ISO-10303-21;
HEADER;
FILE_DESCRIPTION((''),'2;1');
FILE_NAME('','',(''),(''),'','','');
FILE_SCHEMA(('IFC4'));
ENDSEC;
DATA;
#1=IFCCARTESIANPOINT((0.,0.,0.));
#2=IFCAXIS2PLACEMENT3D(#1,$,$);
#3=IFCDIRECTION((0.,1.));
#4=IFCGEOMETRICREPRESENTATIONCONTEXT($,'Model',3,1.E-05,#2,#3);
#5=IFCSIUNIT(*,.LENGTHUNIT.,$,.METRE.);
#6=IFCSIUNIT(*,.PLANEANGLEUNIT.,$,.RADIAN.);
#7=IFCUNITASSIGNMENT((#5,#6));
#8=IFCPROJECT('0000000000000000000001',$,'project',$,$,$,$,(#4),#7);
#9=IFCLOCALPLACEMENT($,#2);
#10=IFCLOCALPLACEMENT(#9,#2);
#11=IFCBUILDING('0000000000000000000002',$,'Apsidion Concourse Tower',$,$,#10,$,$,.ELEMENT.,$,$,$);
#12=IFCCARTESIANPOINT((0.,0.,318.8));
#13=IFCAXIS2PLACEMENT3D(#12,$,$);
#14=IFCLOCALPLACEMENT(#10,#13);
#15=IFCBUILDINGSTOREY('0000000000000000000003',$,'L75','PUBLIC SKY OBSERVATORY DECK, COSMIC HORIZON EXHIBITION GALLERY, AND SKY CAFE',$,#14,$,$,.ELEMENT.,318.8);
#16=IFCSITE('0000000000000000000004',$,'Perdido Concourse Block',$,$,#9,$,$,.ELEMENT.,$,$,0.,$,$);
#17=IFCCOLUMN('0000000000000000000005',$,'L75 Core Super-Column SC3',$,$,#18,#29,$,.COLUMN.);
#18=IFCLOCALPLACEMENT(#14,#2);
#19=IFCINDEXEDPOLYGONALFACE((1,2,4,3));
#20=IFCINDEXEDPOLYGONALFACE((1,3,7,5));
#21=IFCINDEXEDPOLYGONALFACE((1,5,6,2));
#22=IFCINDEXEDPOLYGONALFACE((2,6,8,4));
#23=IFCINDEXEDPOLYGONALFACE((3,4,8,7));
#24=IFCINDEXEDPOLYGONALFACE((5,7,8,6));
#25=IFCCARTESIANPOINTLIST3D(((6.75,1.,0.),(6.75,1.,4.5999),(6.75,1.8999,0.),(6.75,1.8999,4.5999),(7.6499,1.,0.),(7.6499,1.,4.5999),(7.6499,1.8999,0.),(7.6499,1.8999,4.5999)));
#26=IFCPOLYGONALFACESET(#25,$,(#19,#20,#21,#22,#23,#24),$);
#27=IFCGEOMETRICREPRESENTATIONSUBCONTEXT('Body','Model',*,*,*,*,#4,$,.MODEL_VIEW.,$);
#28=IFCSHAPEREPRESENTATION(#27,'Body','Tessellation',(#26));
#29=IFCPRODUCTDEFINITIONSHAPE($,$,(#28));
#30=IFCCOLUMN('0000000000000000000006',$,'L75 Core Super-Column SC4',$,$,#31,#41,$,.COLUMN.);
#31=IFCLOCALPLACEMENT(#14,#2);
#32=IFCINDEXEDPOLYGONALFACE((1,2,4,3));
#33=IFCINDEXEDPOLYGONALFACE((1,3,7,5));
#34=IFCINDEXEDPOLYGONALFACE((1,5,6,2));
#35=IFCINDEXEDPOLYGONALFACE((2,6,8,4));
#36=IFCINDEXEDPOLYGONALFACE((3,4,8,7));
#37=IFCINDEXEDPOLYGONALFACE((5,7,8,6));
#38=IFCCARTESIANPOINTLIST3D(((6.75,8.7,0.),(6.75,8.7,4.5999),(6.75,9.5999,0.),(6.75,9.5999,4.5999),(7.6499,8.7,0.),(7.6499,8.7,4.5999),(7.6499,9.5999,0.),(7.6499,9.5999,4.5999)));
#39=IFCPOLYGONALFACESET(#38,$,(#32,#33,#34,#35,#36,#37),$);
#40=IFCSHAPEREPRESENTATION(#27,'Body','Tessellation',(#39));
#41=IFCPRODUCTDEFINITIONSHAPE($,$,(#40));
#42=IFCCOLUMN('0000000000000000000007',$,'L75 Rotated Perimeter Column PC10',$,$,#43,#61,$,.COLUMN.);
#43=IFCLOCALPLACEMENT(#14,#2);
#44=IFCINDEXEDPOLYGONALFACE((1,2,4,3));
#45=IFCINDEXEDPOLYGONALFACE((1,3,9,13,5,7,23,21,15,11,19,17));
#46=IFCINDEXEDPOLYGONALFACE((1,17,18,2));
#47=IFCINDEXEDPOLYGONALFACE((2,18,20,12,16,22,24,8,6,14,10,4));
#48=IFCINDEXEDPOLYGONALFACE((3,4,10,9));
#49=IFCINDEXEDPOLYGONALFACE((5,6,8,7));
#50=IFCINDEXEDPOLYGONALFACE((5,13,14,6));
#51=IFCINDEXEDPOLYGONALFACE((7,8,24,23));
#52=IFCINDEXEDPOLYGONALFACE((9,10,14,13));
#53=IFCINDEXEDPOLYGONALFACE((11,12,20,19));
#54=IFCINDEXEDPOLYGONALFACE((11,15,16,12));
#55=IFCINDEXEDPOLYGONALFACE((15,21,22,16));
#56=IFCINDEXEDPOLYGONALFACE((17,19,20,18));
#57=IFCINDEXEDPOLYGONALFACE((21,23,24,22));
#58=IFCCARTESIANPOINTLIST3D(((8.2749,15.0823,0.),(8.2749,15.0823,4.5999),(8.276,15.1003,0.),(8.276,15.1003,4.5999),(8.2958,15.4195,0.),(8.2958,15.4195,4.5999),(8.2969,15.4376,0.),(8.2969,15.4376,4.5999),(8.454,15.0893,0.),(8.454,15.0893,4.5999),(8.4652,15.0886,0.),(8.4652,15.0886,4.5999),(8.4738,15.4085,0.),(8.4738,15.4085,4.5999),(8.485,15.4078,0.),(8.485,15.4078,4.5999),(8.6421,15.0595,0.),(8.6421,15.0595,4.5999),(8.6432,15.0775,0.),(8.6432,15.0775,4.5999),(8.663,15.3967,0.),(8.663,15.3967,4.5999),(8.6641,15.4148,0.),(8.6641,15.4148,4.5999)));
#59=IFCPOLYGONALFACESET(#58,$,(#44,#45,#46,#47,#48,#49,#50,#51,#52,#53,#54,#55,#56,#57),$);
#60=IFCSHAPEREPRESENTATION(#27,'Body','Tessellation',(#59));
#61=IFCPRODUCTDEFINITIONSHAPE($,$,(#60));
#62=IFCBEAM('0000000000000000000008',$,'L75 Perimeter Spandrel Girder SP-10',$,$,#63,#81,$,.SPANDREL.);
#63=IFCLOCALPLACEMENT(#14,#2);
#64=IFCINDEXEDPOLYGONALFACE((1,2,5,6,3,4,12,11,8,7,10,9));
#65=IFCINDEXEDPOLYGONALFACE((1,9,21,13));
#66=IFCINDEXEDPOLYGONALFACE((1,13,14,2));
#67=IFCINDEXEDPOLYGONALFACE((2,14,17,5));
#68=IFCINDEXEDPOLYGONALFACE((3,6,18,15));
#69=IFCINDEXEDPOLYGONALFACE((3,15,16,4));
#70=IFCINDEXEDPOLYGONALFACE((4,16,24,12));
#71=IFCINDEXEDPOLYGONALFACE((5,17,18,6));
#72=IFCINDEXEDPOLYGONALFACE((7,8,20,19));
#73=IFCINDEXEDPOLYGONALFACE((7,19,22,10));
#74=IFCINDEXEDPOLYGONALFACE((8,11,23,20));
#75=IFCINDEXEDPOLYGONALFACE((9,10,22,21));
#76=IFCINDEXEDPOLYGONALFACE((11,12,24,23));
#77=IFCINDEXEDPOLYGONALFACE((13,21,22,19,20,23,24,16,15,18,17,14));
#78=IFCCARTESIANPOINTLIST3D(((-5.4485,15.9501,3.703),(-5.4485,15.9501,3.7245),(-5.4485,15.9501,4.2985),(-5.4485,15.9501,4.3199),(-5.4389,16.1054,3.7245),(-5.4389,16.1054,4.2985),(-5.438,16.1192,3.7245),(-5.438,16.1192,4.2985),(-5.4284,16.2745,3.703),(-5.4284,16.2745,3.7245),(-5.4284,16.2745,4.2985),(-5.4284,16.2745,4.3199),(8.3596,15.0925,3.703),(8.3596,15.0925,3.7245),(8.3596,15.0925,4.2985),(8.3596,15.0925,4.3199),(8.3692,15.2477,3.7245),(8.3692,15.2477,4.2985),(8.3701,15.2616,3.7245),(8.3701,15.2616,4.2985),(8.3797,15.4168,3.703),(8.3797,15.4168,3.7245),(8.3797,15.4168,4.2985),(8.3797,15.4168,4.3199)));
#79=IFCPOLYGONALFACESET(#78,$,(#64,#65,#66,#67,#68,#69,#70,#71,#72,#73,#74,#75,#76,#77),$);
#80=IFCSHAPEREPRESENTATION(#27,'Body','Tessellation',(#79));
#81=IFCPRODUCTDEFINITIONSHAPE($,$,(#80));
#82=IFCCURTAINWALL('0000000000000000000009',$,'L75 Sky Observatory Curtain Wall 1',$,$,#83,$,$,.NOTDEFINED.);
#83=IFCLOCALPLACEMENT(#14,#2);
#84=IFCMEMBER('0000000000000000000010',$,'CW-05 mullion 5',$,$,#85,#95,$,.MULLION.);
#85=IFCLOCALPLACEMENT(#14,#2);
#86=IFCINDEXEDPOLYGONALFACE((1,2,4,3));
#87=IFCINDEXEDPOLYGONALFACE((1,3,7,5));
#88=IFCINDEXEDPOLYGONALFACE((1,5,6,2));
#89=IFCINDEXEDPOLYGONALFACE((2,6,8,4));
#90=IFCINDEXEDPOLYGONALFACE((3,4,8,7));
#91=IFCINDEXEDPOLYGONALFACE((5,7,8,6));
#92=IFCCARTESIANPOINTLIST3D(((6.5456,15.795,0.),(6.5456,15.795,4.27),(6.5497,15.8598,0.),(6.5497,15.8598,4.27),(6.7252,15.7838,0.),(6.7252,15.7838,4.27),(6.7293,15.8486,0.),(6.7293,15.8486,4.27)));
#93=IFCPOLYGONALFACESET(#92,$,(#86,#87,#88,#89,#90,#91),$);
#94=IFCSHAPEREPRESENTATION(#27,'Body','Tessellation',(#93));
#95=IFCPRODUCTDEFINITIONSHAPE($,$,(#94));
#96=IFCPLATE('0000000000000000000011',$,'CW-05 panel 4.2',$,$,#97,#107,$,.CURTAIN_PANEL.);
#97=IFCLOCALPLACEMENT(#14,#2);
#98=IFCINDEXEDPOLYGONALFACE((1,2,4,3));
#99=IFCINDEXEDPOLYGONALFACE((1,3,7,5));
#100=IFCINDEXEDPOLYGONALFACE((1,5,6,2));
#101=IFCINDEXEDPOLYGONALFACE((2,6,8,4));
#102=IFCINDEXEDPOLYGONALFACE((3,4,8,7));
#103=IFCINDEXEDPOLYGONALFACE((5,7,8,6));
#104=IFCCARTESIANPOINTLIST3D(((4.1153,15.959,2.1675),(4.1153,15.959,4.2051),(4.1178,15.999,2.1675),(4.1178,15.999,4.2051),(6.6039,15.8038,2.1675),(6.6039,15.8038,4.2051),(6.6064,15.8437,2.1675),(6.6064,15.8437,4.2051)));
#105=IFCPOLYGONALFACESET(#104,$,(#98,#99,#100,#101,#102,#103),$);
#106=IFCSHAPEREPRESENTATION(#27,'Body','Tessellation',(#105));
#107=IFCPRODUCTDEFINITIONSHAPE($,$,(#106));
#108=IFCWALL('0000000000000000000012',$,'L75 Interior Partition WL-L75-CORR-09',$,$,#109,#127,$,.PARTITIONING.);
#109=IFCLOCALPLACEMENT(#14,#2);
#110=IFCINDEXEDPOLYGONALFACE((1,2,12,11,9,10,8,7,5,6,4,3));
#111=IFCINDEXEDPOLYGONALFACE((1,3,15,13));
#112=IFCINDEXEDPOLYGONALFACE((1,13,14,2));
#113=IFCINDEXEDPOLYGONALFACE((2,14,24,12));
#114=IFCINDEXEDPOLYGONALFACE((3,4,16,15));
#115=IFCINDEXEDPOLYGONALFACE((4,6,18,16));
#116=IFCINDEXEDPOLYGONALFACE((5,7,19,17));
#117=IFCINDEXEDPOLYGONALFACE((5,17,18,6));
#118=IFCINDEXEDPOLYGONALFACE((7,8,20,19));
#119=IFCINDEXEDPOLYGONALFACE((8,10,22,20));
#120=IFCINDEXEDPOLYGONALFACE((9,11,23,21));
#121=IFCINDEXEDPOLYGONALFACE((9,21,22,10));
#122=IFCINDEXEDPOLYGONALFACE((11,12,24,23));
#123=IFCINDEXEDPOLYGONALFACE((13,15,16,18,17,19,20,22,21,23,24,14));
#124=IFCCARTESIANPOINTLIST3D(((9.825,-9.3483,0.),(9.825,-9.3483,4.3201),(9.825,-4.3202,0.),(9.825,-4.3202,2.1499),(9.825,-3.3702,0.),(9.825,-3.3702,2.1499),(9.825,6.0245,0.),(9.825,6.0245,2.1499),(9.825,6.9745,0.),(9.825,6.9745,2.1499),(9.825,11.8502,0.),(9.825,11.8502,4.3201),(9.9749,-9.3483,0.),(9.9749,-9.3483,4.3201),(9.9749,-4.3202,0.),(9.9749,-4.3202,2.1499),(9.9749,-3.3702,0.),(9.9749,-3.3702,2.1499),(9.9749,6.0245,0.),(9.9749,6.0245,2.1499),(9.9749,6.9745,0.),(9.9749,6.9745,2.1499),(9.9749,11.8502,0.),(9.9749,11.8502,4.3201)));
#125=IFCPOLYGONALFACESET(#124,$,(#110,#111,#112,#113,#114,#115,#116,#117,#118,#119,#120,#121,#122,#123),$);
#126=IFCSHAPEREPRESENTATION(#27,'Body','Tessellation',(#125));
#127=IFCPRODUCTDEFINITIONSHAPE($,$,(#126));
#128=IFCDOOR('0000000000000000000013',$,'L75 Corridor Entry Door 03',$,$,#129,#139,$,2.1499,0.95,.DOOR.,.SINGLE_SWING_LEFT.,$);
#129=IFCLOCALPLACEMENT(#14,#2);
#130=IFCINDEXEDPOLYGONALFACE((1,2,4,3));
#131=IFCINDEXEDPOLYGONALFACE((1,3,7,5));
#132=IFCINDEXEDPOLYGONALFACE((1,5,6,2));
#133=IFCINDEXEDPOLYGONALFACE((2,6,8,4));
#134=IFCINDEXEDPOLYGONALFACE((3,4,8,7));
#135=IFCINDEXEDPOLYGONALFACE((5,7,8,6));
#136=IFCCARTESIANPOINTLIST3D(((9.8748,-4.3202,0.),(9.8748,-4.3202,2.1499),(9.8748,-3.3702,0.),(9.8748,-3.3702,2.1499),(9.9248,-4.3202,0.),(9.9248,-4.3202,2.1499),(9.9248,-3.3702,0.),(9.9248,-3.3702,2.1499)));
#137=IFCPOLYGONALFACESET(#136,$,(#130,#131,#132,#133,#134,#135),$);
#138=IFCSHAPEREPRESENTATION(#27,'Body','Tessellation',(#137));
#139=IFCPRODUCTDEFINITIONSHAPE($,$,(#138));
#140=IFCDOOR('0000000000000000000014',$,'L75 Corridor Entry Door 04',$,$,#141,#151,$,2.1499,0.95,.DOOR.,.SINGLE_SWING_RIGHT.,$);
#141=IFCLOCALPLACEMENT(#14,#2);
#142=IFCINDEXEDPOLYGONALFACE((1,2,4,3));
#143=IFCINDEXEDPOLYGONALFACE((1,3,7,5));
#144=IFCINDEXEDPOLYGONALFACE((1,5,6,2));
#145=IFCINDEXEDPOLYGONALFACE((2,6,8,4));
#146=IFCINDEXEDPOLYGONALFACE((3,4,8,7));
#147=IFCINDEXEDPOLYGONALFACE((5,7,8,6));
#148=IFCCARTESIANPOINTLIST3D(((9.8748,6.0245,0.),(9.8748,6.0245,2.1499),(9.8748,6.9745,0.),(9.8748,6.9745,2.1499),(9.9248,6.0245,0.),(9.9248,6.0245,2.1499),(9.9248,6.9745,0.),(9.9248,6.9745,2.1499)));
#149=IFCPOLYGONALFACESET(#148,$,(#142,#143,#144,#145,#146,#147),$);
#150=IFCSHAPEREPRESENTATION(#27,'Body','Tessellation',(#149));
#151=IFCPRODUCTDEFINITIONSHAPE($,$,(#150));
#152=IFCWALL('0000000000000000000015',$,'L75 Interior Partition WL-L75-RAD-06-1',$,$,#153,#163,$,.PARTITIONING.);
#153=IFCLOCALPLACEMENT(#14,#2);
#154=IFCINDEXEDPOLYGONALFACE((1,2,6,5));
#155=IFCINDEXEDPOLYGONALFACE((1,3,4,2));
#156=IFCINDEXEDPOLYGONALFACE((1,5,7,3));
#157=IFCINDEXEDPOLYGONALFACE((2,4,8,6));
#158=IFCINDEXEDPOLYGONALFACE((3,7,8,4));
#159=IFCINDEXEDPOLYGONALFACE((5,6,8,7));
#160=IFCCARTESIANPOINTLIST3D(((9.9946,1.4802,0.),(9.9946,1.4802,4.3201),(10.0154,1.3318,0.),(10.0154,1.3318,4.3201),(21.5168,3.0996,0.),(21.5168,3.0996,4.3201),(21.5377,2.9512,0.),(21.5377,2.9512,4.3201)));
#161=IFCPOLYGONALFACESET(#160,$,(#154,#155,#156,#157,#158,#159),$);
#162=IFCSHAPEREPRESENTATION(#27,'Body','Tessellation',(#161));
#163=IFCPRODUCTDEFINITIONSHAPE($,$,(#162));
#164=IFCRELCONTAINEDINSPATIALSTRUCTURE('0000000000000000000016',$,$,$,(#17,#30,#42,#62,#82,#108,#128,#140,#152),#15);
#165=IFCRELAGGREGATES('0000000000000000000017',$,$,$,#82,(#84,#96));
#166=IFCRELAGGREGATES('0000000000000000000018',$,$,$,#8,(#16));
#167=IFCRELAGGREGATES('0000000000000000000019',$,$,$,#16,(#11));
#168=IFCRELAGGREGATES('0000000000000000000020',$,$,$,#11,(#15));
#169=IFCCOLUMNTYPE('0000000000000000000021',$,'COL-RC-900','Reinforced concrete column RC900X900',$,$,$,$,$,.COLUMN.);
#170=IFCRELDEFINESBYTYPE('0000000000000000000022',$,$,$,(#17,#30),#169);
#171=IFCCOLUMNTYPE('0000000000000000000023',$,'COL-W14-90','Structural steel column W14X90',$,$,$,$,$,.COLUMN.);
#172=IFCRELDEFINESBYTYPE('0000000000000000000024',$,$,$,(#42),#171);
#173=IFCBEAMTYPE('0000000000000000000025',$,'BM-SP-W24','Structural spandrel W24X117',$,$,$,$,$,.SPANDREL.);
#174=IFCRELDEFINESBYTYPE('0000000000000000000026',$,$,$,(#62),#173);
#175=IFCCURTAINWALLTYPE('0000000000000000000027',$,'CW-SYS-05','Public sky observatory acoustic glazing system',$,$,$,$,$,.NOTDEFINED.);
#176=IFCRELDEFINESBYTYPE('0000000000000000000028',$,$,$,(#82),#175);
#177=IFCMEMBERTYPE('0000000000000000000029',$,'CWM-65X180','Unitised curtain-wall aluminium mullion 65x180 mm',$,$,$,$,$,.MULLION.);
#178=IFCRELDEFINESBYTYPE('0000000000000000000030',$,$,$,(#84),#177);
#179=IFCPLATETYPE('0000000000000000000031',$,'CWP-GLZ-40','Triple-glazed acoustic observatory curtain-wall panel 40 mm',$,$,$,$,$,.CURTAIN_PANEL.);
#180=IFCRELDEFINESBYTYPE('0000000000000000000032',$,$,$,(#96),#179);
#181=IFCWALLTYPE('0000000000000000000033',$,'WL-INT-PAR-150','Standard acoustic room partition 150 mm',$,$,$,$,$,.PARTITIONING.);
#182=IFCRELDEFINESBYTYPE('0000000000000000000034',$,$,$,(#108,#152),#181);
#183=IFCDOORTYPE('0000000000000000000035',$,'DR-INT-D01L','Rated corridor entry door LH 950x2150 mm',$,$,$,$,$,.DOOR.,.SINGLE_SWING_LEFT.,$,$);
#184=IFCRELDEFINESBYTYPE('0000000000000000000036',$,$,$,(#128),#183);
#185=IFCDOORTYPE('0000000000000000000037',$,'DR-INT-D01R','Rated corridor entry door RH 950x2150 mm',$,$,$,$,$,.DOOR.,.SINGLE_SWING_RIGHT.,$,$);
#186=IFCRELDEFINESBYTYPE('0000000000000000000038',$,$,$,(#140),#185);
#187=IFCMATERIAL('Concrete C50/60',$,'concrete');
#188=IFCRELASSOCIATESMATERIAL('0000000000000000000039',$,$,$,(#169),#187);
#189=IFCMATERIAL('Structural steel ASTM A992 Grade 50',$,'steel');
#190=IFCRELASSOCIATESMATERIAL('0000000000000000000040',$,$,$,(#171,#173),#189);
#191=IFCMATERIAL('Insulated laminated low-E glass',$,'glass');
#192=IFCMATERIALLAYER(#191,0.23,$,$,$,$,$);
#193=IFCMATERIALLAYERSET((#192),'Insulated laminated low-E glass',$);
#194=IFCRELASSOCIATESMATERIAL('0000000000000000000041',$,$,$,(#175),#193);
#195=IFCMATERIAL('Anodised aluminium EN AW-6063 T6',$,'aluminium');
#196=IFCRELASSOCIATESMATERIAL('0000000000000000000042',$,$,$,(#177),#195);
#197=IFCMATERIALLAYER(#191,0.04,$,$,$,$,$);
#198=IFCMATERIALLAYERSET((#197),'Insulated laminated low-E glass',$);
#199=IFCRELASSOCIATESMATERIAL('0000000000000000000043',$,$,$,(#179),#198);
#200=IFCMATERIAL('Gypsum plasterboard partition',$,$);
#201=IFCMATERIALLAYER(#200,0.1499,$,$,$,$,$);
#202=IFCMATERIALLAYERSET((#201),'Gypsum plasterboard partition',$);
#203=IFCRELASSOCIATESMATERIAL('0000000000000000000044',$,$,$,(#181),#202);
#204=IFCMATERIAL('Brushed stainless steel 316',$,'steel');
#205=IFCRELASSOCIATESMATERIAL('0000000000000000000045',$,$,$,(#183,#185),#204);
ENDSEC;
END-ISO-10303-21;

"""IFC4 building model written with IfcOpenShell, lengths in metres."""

from ifc_helpers import new_model, si_unit, direction, frame, frame_2d, origin, origin_2d, place, context, subcontext, project, spatial, rectangle, i_section, extrude, material, layer, layer_set, material_profile, profile_set, type_object, element, fill, aggregate, save


model = new_model("IFC4")

# Units and contexts
model_context = context("Model", 3, precision=1e-05, world=origin(), true_north=direction((0.0, 1.0)))
body_context = subcontext(model_context, "Body", "Model", "MODEL_VIEW")
ifc_project = project(units=[si_unit("LENGTHUNIT", "METRE"), si_unit("PLANEANGLEUNIT", "RADIAN")], contexts=[model_context])

# Site, building, storey
site_placement = place(None, origin())
site = spatial("IfcSite", under=ifc_project, at=site_placement, Name="Perdido Concourse Block", CompositionType="ELEMENT", RefElevation=0.0)
building_placement = place(site_placement, origin())
building = spatial("IfcBuilding", under=site, at=building_placement, Name="Apsidion Concourse Tower", CompositionType="ELEMENT")
storey_placement = place(building_placement, frame((0.0, 0.0, 318.8)))
storey = spatial("IfcBuildingStorey", under=building, at=storey_placement, Name="L75", Description="PUBLIC SKY OBSERVATORY DECK, COSMIC HORIZON EXHIBITION GALLERY, AND SKY CAFE", CompositionType="ELEMENT", Elevation=318.8)

# Columns
ifc_material_1 = material(Name="Concrete C50/60", Category="concrete")
ifc_material_profile_1 = material_profile(ifc_material_1, rectangle(XDim=0.8999, YDim=0.8999, at=origin_2d()), Name="RC 900x900")
ifc_profile_set_1 = profile_set([ifc_material_profile_1], Name="Concrete C50/60")
column_type_1 = type_object("IfcColumnType", Name="COL-RC-900", Description="Reinforced concrete column RC900X900", PredefinedType="COLUMN", material=ifc_profile_set_1)
for number, where, z_axis, x_axis, name in (
    (1, (7.2, 1.45, 0.0), (0.0, 0.0, 1.0), (1.0, 0.0, 0.0), "L75 Core Super-Column SC3"),
    (2, (7.2, 9.1499, 0.0), (0.0, 0.0, 1.0), (1.0, 0.0, 0.0), "L75 Core Super-Column SC4"),
):
    element("IfcColumn", number, at=place(storey_placement, frame(where, z_axis=z_axis, x_axis=x_axis)), inside=storey, type_object=column_type_1, Name=name, PredefinedType="COLUMN", context=body_context, shape_type="SweptSolid", body=[
        extrude(rectangle(XDim=0.8999, YDim=0.8999, at=origin_2d()), origin(), (0.0, 0.0, 1.0), 4.5999),
    ])
ifc_material_2 = material(Name="Structural steel ASTM A992 Grade 50", Category="steel")
ifc_material_profile_2 = material_profile(ifc_material_2, i_section(OverallWidth=0.3679, OverallDepth=0.356, WebThickness=0.0112, FlangeThickness=0.0181, at=origin_2d()), Name="W14X90")
ifc_profile_set_2 = profile_set([ifc_material_profile_2], Name="Structural steel ASTM A992 Grade 50")
column_type_2 = type_object("IfcColumnType", Name="COL-W14-90", Description="Structural steel column W14X90", PredefinedType="COLUMN", material=ifc_profile_set_2)
column_placement = place(storey_placement, frame((8.4695, 15.2485, 0.0), z_axis=(0.0, 0.0, 1.0), x_axis=(-0.998081, 0.06192, 0.0)))
element("IfcColumn", 3, at=column_placement, inside=storey, type_object=column_type_2, Name="L75 Rotated Perimeter Column PC10", PredefinedType="COLUMN", context=body_context, shape_type="SweptSolid", body=[
    extrude(i_section(OverallWidth=0.3679, OverallDepth=0.356, WebThickness=0.0112, FlangeThickness=0.0181, at=origin_2d()), origin(), (0.0, 0.0, 1.0), 4.5999),
])

# Beam
ifc_material_profile_3 = material_profile(ifc_material_2, i_section(OverallWidth=0.325, OverallDepth=0.6169, WebThickness=0.0139, FlangeThickness=0.0215, at=origin_2d()), Name="W24X117")
ifc_profile_set_3 = profile_set([ifc_material_profile_3], Name="Structural steel ASTM A992 Grade 50")
beam_type = type_object("IfcBeamType", Name="BM-SP-W24", Description="Structural spandrel W24X117", PredefinedType="SPANDREL", material=ifc_profile_set_3)
beam_placement = place(storey_placement, frame((8.3696, 15.2546, 4.0115), z_axis=(-0.998077, 0.061994, 0.0), x_axis=(-0.061994, -0.998077, 0.0)))
element("IfcBeam", 4, at=beam_placement, inside=storey, type_object=beam_type, Name="L75 Perimeter Spandrel Girder SP-10", PredefinedType="SPANDREL", context=body_context, shape_type="SweptSolid", body=[
    extrude(i_section(OverallWidth=0.325, OverallDepth=0.6169, WebThickness=0.0139, FlangeThickness=0.0215, at=origin_2d()), origin(), (0.0, 0.0, 1.0), 13.8347),
])

# Curtain wall, member, plate
ifc_material_3 = material(Name="Insulated laminated low-E glass", Category="glass")
ifc_layer_1 = layer(ifc_material_3, 0.23)
ifc_layer_set_1 = layer_set([ifc_layer_1], Name="Insulated laminated low-E glass")
curtain_wall_type = type_object("IfcCurtainWallType", Name="CW-SYS-05", Description="Public sky observatory acoustic glazing system", PredefinedType="NOTDEFINED", material=ifc_layer_set_1)
curtain_wall_placement = place(storey_placement, origin())
curtain_wall = element("IfcCurtainWall", 5, at=curtain_wall_placement, inside=storey, type_object=curtain_wall_type, Name="L75 Sky Observatory Curtain Wall 1", PredefinedType="NOTDEFINED")
ifc_material_4 = material(Name="Anodised aluminium EN AW-6063 T6", Category="aluminium")
ifc_material_profile_4 = material_profile(ifc_material_4, rectangle(XDim=0.0649, YDim=0.1799, at=origin_2d()), Name="ALU MULLION 65x180")
ifc_profile_set_4 = profile_set([ifc_material_profile_4], Name="Anodised aluminium EN AW-6063 T6")
member_type = type_object("IfcMemberType", Name="CWM-65X180", Description="Unitised curtain-wall aluminium mullion 65x180 mm", PredefinedType="MULLION", material=ifc_profile_set_4)
member_placement = place(storey_placement, frame((6.6375, 15.8218, 0.0), z_axis=(0.0, 0.0, 1.0), x_axis=(0.062249, 0.998061, 0.0)))
member = element("IfcMember", 6, at=member_placement, type_object=member_type, Name="CW-05 mullion 5", PredefinedType="MULLION", context=body_context, shape_type="SweptSolid", body=[
    extrude(rectangle(XDim=0.0649, YDim=0.1799, at=origin_2d()), origin(), (0.0, 0.0, 1.0), 4.27),
])
ifc_layer_2 = layer(ifc_material_3, 0.04)
ifc_layer_set_2 = layer_set([ifc_layer_2], Name="Insulated laminated low-E glass")
plate_type = type_object("IfcPlateType", Name="CWP-GLZ-40", Description="Triple-glazed acoustic observatory curtain-wall panel 40 mm", PredefinedType="CURTAIN_PANEL", material=ifc_layer_set_2)
plate_placement = place(storey_placement, frame((5.3608, 15.9014, 2.1675), z_axis=(0.0, 0.0, 1.0), x_axis=(0.998061, -0.062249, 0.0)))
plate = element("IfcPlate", 7, at=plate_placement, type_object=plate_type, Name="CW-05 panel 4.2", PredefinedType="CURTAIN_PANEL", context=body_context, shape_type="SweptSolid", body=[
    extrude(rectangle(XDim=2.4934, YDim=0.04, at=origin_2d()), origin(), (0.0, 0.0, 1.0), 2.0376),
])
aggregate(curtain_wall, [member, plate])

# Wall, openings, doors
ifc_material_5 = material(Name="Gypsum plasterboard partition")
ifc_layer_3 = layer(ifc_material_5, 0.1499)
ifc_layer_set_3 = layer_set([ifc_layer_3], Name="Gypsum plasterboard partition")
wall_type_1 = type_object("IfcWallType", Name="WL-INT-PAR-150", Description="Standard acoustic room partition 150 mm", PredefinedType="PARTITIONING", material=ifc_layer_set_3)
wall_1_placement = place(storey_placement, frame((9.8999, 11.8501, 0.0), z_axis=(0.0, 0.0, 1.0), x_axis=(0.0, -1.0, 0.0)))
wall_1 = element("IfcWall", 8, at=wall_1_placement, inside=storey, type_object=wall_type_1, Name="L75 Interior Partition WL-L75-CORR-09", PredefinedType="PARTITIONING", context=body_context, shape_type="SweptSolid", body=[
    extrude(rectangle(XDim=21.1985, YDim=0.1499, at=frame_2d((10.5991, 0.0))), origin(), (0.0, 0.0, 1.0), 4.3201),
])
opening_1_placement = place(wall_1_placement, frame((15.2202, 0.0, 0.0)))
opening_1 = element("IfcOpeningElement", 9, at=opening_1_placement, cuts=wall_1, PredefinedType="OPENING", context=body_context, shape_type="SweptSolid", body=[
    extrude(rectangle(XDim=0.95, YDim=2.1499, at=frame_2d((0.4751, 1.075))), frame((0.0, 0.085, 0.0), z_axis=(0.0, -1.0, 0.0), x_axis=(1.0, 0.0, 0.0)), (0.0, 0.0, 1.0), 0.1699),
])
opening_2_placement = place(wall_1_placement, frame((4.8755, 0.0, 0.0)))
opening_2 = element("IfcOpeningElement", 10, at=opening_2_placement, cuts=wall_1, PredefinedType="OPENING", context=body_context, shape_type="SweptSolid", body=[
    extrude(rectangle(XDim=0.95, YDim=2.1499, at=frame_2d((0.4751, 1.075))), frame((0.0, 0.085, 0.0), z_axis=(0.0, -1.0, 0.0), x_axis=(1.0, 0.0, 0.0)), (0.0, 0.0, 1.0), 0.1699),
])
ifc_material_6 = material(Name="Brushed stainless steel 316", Category="steel")
door_type_1 = type_object("IfcDoorType", Name="DR-INT-D01L", Description="Rated corridor entry door LH 950x2150 mm", OperationType="SINGLE_SWING_LEFT", PredefinedType="DOOR", material=ifc_material_6)
door_1_placement = place(opening_1_placement, origin())
door_1 = element("IfcDoor", 11, at=door_1_placement, inside=storey, type_object=door_type_1, Name="L75 Corridor Entry Door 03", OperationType="SINGLE_SWING_LEFT", OverallHeight=2.1499, OverallWidth=0.95, PredefinedType="DOOR", context=body_context, shape_type="SweptSolid", body=[
    extrude(rectangle(XDim=0.95, YDim=2.1499, at=frame_2d((0.4751, 1.075))), frame((0.0, 0.0249, 0.0), z_axis=(0.0, -1.0, 0.0), x_axis=(1.0, 0.0, 0.0)), (0.0, 0.0, 1.0), 0.05),
])
fill(opening_1, door_1)
door_type_2 = type_object("IfcDoorType", Name="DR-INT-D01R", Description="Rated corridor entry door RH 950x2150 mm", OperationType="SINGLE_SWING_RIGHT", PredefinedType="DOOR", material=ifc_material_6)
door_2_placement = place(opening_2_placement, origin())
door_2 = element("IfcDoor", 12, at=door_2_placement, inside=storey, type_object=door_type_2, Name="L75 Corridor Entry Door 04", OperationType="SINGLE_SWING_RIGHT", OverallHeight=2.1499, OverallWidth=0.95, PredefinedType="DOOR", context=body_context, shape_type="SweptSolid", body=[
    extrude(rectangle(XDim=0.95, YDim=2.1499, at=frame_2d((0.4751, 1.075))), frame((0.0, 0.0249, 0.0), z_axis=(0.0, -1.0, 0.0), x_axis=(1.0, 0.0, 0.0)), (0.0, 0.0, 1.0), 0.05),
])
fill(opening_2, door_2)

# Wall
wall_2_placement = place(storey_placement, frame((10.0049, 1.406, 0.0), z_axis=(0.0, 0.0, 1.0), x_axis=(0.990268, 0.139177, 0.0)))
element("IfcWall", 13, at=wall_2_placement, inside=storey, type_object=wall_type_1, Name="L75 Interior Partition WL-L75-RAD-06-1", PredefinedType="PARTITIONING", context=body_context, shape_type="SweptSolid", body=[
    extrude(rectangle(XDim=11.6355, YDim=0.1499, at=frame_2d((5.8179, 0.0))), origin(), (0.0, 0.0, 1.0), 4.3201),
])

save(model, "model.ifc")
